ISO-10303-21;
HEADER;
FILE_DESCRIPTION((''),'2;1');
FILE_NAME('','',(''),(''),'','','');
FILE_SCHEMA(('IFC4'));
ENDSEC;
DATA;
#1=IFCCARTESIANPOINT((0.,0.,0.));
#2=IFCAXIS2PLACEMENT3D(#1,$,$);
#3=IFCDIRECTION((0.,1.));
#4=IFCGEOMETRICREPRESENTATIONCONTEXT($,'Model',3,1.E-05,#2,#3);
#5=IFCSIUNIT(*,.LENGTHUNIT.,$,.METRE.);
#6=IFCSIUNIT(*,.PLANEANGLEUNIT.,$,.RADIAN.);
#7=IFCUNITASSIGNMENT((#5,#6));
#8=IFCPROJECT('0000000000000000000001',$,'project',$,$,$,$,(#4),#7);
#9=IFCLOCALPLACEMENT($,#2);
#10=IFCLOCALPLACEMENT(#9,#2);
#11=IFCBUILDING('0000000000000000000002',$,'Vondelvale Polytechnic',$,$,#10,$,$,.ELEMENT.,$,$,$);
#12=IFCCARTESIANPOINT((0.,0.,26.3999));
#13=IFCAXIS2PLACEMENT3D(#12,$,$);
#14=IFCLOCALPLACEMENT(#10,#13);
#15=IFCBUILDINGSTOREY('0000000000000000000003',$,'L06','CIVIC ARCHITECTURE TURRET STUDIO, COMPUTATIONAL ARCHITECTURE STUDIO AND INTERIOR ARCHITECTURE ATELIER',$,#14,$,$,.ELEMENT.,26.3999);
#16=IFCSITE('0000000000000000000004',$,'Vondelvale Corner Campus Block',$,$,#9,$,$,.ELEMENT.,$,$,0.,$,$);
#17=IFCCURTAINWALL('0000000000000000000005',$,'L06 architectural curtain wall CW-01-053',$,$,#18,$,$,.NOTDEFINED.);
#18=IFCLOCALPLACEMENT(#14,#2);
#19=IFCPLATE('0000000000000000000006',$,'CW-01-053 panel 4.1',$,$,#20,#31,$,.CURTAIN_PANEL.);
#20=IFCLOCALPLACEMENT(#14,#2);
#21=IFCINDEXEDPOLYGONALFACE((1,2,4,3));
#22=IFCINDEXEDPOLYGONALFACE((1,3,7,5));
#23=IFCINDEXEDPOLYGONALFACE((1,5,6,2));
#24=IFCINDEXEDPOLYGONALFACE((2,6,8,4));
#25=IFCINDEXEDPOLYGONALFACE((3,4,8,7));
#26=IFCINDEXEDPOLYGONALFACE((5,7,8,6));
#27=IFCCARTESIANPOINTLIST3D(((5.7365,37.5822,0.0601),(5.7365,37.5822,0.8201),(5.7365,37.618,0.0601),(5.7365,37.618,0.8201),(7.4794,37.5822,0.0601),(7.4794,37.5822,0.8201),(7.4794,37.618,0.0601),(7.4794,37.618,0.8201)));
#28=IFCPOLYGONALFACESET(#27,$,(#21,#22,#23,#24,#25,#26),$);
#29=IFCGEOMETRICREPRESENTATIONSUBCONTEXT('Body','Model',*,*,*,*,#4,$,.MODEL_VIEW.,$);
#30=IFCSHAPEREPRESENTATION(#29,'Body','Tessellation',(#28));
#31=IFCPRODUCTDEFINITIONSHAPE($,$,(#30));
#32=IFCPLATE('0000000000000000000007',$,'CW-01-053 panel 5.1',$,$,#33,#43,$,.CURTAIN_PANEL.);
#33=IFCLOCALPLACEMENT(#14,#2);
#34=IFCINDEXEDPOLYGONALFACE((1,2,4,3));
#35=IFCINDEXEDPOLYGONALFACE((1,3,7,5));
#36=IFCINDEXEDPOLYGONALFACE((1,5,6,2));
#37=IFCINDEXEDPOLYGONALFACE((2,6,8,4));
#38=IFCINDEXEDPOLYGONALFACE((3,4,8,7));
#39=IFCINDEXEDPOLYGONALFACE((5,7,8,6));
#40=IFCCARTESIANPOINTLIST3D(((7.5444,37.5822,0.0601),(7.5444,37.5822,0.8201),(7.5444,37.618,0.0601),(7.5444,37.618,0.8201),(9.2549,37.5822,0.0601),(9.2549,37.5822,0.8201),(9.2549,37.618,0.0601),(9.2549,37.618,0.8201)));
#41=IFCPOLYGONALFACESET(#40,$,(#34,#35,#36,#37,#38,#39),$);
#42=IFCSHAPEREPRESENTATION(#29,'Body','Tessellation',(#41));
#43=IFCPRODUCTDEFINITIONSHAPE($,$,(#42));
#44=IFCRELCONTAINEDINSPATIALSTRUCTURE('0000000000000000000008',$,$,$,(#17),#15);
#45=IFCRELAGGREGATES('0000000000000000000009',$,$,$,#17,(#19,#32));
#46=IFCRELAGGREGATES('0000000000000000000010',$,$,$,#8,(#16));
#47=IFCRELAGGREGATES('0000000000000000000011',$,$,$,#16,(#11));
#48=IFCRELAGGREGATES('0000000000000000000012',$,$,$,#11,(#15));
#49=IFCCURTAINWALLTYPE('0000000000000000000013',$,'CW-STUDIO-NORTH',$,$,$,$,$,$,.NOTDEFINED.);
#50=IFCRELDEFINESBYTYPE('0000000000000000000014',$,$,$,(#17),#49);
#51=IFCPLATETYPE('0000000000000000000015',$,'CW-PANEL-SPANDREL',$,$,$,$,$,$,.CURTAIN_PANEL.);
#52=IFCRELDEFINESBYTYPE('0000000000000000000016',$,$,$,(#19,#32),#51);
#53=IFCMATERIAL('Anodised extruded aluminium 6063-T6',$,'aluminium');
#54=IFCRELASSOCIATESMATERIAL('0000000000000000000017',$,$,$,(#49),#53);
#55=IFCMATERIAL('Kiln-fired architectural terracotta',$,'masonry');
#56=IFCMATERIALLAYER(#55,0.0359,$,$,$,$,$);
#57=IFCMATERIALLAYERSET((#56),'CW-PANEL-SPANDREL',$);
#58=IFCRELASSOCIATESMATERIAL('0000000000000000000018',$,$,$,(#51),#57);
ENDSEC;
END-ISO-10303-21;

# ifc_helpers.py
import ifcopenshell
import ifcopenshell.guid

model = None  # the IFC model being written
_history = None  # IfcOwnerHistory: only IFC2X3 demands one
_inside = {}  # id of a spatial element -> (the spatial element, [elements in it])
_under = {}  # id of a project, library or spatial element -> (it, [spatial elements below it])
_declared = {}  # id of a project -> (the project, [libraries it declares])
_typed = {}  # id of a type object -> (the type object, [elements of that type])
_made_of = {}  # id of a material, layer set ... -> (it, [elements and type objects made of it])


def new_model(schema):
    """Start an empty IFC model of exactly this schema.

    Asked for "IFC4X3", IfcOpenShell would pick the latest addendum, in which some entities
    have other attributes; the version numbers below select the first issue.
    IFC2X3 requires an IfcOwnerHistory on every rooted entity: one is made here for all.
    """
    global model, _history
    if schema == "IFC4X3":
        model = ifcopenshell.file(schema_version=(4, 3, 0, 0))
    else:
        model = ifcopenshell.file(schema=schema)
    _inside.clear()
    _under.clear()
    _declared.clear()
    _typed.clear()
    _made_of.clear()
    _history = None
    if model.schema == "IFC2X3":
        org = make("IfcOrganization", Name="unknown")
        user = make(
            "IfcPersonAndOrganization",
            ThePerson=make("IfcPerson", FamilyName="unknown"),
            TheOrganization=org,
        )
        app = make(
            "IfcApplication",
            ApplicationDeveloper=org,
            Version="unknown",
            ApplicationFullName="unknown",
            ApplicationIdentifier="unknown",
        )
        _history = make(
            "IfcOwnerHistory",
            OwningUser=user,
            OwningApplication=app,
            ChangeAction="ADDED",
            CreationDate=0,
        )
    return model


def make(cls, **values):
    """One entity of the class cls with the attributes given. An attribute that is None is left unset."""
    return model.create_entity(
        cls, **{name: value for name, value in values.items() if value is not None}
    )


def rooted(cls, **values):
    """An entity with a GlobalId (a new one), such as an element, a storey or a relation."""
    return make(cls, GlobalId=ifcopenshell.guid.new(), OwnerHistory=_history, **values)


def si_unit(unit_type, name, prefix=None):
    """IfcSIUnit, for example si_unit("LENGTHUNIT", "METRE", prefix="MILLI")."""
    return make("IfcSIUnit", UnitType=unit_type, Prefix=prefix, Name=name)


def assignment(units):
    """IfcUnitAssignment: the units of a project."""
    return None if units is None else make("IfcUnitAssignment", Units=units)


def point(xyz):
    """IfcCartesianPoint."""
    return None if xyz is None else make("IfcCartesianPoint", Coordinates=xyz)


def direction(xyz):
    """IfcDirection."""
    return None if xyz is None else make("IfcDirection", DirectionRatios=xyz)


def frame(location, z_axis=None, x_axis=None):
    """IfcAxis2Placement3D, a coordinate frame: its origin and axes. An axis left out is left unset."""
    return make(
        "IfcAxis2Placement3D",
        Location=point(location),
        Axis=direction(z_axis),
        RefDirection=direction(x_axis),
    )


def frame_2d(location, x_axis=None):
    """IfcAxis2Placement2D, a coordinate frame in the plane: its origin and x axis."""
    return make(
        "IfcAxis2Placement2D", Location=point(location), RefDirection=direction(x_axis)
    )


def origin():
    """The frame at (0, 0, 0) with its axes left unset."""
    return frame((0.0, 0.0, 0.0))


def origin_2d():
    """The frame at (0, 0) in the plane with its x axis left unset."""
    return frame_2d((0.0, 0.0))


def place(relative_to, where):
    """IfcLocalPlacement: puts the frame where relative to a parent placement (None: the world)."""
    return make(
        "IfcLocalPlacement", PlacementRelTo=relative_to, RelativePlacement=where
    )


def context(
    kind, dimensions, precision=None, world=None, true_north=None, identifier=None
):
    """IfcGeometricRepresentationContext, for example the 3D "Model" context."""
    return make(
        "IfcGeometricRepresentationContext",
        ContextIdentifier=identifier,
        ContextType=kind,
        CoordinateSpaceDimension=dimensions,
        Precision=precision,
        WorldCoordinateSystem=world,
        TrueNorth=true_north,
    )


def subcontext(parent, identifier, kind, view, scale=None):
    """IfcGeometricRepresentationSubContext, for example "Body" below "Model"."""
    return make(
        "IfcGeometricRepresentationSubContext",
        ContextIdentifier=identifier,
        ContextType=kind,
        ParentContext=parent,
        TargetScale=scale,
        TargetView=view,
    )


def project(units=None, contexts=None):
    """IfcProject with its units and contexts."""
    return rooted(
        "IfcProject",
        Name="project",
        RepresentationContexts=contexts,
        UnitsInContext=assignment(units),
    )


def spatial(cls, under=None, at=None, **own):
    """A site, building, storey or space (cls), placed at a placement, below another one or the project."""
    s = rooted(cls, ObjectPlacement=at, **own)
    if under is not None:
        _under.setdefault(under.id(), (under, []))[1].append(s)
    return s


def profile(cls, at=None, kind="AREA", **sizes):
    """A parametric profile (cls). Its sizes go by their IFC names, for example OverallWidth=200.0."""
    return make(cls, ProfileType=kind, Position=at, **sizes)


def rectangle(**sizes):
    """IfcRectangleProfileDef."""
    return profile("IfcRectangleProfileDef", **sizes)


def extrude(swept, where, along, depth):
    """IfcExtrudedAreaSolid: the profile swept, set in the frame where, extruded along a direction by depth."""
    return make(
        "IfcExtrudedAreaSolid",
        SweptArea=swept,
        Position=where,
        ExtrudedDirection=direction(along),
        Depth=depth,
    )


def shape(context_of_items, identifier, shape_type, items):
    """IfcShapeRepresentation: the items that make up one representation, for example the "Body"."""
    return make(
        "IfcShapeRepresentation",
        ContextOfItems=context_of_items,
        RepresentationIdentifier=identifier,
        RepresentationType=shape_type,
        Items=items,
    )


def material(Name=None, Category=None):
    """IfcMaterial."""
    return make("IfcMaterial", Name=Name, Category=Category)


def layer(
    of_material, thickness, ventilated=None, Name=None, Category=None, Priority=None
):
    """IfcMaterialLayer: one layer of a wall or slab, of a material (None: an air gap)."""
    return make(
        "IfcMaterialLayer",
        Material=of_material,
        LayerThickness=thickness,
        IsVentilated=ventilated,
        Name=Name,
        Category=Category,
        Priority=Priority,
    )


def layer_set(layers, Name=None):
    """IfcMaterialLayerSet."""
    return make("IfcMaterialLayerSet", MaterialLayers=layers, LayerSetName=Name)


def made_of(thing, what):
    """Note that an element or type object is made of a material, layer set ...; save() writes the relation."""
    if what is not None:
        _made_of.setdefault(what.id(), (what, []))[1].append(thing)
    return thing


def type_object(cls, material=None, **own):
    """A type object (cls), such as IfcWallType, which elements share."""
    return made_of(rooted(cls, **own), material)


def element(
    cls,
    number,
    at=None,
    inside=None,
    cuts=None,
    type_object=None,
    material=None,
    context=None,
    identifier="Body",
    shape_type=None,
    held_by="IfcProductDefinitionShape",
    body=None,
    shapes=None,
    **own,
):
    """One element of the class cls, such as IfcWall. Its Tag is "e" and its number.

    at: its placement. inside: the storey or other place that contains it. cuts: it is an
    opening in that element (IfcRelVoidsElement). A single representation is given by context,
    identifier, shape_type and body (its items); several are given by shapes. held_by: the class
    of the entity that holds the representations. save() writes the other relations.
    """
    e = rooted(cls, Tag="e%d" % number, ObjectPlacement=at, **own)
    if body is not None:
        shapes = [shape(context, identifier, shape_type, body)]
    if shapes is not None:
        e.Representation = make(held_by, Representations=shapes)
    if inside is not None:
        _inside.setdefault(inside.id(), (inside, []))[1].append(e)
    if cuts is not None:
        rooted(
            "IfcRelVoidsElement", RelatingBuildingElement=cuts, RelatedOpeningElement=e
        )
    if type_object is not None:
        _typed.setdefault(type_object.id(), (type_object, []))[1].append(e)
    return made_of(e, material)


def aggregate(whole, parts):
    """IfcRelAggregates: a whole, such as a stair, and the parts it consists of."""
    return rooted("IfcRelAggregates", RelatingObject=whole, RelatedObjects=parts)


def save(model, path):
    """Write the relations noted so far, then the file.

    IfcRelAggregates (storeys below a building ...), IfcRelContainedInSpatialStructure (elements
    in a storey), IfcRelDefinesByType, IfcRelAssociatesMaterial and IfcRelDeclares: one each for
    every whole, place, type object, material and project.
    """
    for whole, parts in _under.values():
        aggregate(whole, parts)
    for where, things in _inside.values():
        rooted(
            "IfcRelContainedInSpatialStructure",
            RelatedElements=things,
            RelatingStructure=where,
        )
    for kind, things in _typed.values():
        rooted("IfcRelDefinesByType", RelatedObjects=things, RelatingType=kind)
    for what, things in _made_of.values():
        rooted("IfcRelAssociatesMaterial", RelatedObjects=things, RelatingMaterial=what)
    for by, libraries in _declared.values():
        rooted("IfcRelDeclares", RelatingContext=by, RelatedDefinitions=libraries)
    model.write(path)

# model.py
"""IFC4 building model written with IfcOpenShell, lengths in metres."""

from ifc_helpers import new_model, si_unit, direction, frame, origin, origin_2d, place, context, subcontext, project, spatial, rectangle, extrude, material, layer, layer_set, type_object, element, aggregate, save


model = new_model("IFC4")

# Units and contexts
model_context = context("Model", 3, precision=1e-05, world=origin(), true_north=direction((0.0, 1.0)))
body_context = subcontext(model_context, "Body", "Model", "MODEL_VIEW")
ifc_project = project(units=[si_unit("LENGTHUNIT", "METRE"), si_unit("PLANEANGLEUNIT", "RADIAN")], contexts=[model_context])

# Site, building, storey
site_placement = place(None, origin())
site = spatial("IfcSite", under=ifc_project, at=site_placement, Name="Vondelvale Corner Campus Block", CompositionType="ELEMENT", RefElevation=0.0)
building_placement = place(site_placement, origin())
building = spatial("IfcBuilding", under=site, at=building_placement, Name="Vondelvale Polytechnic", CompositionType="ELEMENT")
storey_placement = place(building_placement, frame((0.0, 0.0, 26.3999)))
storey = spatial("IfcBuildingStorey", under=building, at=storey_placement, Name="L06", Description="CIVIC ARCHITECTURE TURRET STUDIO, COMPUTATIONAL ARCHITECTURE STUDIO AND INTERIOR ARCHITECTURE ATELIER", CompositionType="ELEMENT", Elevation=26.3999)

# Curtain wall
ifc_material_1 = material(Name="Anodised extruded aluminium 6063-T6", Category="aluminium")
curtain_wall_type = type_object("IfcCurtainWallType", Name="CW-STUDIO-NORTH", PredefinedType="NOTDEFINED", material=ifc_material_1)
curtain_wall_1_placement = place(storey_placement, origin())
curtain_wall_1 = element("IfcCurtainWall", 1, at=curtain_wall_1_placement, inside=storey, type_object=curtain_wall_type, Name="L06 architectural curtain wall CW-01-053", PredefinedType="NOTDEFINED")

# Plates
ifc_material_2 = material(Name="Kiln-fired architectural terracotta", Category="masonry")
ifc_layer_1 = layer(ifc_material_2, 0.0359)
ifc_layer_set_1 = layer_set([ifc_layer_1], Name="CW-PANEL-SPANDREL")
plate_type_1 = type_object("IfcPlateType", Name="CW-PANEL-SPANDREL", PredefinedType="CURTAIN_PANEL", material=ifc_layer_set_1)
plate_1_placement = place(storey_placement, frame((6.6079, 37.6001, 0.0601), z_axis=(0.0, 0.0, 1.0), x_axis=(1.0, 0.0, 0.0)))
plate_1 = element("IfcPlate", 2, at=plate_1_placement, type_object=plate_type_1, Name="CW-01-053 panel 4.1", PredefinedType="CURTAIN_PANEL", context=body_context, shape_type="SweptSolid", body=[
    extrude(rectangle(XDim=1.7429, YDim=0.0359, at=origin_2d()), origin(), (0.0, 0.0, 1.0), 0.76),
])
plate_2_placement = place(storey_placement, frame((8.3997, 37.6001, 0.0601), z_axis=(0.0, 0.0, 1.0), x_axis=(1.0, 0.0, 0.0)))
plate_2 = element("IfcPlate", 3, at=plate_2_placement, type_object=plate_type_1, Name="CW-01-053 panel 5.1", PredefinedType="CURTAIN_PANEL", context=body_context, shape_type="SweptSolid", body=[
    extrude(rectangle(XDim=1.7104, YDim=0.0359, at=origin_2d()), origin(), (0.0, 0.0, 1.0), 0.76),
])
aggregate(curtain_wall_1, [plate_1, plate_2])

save(model, "model.ifc")
